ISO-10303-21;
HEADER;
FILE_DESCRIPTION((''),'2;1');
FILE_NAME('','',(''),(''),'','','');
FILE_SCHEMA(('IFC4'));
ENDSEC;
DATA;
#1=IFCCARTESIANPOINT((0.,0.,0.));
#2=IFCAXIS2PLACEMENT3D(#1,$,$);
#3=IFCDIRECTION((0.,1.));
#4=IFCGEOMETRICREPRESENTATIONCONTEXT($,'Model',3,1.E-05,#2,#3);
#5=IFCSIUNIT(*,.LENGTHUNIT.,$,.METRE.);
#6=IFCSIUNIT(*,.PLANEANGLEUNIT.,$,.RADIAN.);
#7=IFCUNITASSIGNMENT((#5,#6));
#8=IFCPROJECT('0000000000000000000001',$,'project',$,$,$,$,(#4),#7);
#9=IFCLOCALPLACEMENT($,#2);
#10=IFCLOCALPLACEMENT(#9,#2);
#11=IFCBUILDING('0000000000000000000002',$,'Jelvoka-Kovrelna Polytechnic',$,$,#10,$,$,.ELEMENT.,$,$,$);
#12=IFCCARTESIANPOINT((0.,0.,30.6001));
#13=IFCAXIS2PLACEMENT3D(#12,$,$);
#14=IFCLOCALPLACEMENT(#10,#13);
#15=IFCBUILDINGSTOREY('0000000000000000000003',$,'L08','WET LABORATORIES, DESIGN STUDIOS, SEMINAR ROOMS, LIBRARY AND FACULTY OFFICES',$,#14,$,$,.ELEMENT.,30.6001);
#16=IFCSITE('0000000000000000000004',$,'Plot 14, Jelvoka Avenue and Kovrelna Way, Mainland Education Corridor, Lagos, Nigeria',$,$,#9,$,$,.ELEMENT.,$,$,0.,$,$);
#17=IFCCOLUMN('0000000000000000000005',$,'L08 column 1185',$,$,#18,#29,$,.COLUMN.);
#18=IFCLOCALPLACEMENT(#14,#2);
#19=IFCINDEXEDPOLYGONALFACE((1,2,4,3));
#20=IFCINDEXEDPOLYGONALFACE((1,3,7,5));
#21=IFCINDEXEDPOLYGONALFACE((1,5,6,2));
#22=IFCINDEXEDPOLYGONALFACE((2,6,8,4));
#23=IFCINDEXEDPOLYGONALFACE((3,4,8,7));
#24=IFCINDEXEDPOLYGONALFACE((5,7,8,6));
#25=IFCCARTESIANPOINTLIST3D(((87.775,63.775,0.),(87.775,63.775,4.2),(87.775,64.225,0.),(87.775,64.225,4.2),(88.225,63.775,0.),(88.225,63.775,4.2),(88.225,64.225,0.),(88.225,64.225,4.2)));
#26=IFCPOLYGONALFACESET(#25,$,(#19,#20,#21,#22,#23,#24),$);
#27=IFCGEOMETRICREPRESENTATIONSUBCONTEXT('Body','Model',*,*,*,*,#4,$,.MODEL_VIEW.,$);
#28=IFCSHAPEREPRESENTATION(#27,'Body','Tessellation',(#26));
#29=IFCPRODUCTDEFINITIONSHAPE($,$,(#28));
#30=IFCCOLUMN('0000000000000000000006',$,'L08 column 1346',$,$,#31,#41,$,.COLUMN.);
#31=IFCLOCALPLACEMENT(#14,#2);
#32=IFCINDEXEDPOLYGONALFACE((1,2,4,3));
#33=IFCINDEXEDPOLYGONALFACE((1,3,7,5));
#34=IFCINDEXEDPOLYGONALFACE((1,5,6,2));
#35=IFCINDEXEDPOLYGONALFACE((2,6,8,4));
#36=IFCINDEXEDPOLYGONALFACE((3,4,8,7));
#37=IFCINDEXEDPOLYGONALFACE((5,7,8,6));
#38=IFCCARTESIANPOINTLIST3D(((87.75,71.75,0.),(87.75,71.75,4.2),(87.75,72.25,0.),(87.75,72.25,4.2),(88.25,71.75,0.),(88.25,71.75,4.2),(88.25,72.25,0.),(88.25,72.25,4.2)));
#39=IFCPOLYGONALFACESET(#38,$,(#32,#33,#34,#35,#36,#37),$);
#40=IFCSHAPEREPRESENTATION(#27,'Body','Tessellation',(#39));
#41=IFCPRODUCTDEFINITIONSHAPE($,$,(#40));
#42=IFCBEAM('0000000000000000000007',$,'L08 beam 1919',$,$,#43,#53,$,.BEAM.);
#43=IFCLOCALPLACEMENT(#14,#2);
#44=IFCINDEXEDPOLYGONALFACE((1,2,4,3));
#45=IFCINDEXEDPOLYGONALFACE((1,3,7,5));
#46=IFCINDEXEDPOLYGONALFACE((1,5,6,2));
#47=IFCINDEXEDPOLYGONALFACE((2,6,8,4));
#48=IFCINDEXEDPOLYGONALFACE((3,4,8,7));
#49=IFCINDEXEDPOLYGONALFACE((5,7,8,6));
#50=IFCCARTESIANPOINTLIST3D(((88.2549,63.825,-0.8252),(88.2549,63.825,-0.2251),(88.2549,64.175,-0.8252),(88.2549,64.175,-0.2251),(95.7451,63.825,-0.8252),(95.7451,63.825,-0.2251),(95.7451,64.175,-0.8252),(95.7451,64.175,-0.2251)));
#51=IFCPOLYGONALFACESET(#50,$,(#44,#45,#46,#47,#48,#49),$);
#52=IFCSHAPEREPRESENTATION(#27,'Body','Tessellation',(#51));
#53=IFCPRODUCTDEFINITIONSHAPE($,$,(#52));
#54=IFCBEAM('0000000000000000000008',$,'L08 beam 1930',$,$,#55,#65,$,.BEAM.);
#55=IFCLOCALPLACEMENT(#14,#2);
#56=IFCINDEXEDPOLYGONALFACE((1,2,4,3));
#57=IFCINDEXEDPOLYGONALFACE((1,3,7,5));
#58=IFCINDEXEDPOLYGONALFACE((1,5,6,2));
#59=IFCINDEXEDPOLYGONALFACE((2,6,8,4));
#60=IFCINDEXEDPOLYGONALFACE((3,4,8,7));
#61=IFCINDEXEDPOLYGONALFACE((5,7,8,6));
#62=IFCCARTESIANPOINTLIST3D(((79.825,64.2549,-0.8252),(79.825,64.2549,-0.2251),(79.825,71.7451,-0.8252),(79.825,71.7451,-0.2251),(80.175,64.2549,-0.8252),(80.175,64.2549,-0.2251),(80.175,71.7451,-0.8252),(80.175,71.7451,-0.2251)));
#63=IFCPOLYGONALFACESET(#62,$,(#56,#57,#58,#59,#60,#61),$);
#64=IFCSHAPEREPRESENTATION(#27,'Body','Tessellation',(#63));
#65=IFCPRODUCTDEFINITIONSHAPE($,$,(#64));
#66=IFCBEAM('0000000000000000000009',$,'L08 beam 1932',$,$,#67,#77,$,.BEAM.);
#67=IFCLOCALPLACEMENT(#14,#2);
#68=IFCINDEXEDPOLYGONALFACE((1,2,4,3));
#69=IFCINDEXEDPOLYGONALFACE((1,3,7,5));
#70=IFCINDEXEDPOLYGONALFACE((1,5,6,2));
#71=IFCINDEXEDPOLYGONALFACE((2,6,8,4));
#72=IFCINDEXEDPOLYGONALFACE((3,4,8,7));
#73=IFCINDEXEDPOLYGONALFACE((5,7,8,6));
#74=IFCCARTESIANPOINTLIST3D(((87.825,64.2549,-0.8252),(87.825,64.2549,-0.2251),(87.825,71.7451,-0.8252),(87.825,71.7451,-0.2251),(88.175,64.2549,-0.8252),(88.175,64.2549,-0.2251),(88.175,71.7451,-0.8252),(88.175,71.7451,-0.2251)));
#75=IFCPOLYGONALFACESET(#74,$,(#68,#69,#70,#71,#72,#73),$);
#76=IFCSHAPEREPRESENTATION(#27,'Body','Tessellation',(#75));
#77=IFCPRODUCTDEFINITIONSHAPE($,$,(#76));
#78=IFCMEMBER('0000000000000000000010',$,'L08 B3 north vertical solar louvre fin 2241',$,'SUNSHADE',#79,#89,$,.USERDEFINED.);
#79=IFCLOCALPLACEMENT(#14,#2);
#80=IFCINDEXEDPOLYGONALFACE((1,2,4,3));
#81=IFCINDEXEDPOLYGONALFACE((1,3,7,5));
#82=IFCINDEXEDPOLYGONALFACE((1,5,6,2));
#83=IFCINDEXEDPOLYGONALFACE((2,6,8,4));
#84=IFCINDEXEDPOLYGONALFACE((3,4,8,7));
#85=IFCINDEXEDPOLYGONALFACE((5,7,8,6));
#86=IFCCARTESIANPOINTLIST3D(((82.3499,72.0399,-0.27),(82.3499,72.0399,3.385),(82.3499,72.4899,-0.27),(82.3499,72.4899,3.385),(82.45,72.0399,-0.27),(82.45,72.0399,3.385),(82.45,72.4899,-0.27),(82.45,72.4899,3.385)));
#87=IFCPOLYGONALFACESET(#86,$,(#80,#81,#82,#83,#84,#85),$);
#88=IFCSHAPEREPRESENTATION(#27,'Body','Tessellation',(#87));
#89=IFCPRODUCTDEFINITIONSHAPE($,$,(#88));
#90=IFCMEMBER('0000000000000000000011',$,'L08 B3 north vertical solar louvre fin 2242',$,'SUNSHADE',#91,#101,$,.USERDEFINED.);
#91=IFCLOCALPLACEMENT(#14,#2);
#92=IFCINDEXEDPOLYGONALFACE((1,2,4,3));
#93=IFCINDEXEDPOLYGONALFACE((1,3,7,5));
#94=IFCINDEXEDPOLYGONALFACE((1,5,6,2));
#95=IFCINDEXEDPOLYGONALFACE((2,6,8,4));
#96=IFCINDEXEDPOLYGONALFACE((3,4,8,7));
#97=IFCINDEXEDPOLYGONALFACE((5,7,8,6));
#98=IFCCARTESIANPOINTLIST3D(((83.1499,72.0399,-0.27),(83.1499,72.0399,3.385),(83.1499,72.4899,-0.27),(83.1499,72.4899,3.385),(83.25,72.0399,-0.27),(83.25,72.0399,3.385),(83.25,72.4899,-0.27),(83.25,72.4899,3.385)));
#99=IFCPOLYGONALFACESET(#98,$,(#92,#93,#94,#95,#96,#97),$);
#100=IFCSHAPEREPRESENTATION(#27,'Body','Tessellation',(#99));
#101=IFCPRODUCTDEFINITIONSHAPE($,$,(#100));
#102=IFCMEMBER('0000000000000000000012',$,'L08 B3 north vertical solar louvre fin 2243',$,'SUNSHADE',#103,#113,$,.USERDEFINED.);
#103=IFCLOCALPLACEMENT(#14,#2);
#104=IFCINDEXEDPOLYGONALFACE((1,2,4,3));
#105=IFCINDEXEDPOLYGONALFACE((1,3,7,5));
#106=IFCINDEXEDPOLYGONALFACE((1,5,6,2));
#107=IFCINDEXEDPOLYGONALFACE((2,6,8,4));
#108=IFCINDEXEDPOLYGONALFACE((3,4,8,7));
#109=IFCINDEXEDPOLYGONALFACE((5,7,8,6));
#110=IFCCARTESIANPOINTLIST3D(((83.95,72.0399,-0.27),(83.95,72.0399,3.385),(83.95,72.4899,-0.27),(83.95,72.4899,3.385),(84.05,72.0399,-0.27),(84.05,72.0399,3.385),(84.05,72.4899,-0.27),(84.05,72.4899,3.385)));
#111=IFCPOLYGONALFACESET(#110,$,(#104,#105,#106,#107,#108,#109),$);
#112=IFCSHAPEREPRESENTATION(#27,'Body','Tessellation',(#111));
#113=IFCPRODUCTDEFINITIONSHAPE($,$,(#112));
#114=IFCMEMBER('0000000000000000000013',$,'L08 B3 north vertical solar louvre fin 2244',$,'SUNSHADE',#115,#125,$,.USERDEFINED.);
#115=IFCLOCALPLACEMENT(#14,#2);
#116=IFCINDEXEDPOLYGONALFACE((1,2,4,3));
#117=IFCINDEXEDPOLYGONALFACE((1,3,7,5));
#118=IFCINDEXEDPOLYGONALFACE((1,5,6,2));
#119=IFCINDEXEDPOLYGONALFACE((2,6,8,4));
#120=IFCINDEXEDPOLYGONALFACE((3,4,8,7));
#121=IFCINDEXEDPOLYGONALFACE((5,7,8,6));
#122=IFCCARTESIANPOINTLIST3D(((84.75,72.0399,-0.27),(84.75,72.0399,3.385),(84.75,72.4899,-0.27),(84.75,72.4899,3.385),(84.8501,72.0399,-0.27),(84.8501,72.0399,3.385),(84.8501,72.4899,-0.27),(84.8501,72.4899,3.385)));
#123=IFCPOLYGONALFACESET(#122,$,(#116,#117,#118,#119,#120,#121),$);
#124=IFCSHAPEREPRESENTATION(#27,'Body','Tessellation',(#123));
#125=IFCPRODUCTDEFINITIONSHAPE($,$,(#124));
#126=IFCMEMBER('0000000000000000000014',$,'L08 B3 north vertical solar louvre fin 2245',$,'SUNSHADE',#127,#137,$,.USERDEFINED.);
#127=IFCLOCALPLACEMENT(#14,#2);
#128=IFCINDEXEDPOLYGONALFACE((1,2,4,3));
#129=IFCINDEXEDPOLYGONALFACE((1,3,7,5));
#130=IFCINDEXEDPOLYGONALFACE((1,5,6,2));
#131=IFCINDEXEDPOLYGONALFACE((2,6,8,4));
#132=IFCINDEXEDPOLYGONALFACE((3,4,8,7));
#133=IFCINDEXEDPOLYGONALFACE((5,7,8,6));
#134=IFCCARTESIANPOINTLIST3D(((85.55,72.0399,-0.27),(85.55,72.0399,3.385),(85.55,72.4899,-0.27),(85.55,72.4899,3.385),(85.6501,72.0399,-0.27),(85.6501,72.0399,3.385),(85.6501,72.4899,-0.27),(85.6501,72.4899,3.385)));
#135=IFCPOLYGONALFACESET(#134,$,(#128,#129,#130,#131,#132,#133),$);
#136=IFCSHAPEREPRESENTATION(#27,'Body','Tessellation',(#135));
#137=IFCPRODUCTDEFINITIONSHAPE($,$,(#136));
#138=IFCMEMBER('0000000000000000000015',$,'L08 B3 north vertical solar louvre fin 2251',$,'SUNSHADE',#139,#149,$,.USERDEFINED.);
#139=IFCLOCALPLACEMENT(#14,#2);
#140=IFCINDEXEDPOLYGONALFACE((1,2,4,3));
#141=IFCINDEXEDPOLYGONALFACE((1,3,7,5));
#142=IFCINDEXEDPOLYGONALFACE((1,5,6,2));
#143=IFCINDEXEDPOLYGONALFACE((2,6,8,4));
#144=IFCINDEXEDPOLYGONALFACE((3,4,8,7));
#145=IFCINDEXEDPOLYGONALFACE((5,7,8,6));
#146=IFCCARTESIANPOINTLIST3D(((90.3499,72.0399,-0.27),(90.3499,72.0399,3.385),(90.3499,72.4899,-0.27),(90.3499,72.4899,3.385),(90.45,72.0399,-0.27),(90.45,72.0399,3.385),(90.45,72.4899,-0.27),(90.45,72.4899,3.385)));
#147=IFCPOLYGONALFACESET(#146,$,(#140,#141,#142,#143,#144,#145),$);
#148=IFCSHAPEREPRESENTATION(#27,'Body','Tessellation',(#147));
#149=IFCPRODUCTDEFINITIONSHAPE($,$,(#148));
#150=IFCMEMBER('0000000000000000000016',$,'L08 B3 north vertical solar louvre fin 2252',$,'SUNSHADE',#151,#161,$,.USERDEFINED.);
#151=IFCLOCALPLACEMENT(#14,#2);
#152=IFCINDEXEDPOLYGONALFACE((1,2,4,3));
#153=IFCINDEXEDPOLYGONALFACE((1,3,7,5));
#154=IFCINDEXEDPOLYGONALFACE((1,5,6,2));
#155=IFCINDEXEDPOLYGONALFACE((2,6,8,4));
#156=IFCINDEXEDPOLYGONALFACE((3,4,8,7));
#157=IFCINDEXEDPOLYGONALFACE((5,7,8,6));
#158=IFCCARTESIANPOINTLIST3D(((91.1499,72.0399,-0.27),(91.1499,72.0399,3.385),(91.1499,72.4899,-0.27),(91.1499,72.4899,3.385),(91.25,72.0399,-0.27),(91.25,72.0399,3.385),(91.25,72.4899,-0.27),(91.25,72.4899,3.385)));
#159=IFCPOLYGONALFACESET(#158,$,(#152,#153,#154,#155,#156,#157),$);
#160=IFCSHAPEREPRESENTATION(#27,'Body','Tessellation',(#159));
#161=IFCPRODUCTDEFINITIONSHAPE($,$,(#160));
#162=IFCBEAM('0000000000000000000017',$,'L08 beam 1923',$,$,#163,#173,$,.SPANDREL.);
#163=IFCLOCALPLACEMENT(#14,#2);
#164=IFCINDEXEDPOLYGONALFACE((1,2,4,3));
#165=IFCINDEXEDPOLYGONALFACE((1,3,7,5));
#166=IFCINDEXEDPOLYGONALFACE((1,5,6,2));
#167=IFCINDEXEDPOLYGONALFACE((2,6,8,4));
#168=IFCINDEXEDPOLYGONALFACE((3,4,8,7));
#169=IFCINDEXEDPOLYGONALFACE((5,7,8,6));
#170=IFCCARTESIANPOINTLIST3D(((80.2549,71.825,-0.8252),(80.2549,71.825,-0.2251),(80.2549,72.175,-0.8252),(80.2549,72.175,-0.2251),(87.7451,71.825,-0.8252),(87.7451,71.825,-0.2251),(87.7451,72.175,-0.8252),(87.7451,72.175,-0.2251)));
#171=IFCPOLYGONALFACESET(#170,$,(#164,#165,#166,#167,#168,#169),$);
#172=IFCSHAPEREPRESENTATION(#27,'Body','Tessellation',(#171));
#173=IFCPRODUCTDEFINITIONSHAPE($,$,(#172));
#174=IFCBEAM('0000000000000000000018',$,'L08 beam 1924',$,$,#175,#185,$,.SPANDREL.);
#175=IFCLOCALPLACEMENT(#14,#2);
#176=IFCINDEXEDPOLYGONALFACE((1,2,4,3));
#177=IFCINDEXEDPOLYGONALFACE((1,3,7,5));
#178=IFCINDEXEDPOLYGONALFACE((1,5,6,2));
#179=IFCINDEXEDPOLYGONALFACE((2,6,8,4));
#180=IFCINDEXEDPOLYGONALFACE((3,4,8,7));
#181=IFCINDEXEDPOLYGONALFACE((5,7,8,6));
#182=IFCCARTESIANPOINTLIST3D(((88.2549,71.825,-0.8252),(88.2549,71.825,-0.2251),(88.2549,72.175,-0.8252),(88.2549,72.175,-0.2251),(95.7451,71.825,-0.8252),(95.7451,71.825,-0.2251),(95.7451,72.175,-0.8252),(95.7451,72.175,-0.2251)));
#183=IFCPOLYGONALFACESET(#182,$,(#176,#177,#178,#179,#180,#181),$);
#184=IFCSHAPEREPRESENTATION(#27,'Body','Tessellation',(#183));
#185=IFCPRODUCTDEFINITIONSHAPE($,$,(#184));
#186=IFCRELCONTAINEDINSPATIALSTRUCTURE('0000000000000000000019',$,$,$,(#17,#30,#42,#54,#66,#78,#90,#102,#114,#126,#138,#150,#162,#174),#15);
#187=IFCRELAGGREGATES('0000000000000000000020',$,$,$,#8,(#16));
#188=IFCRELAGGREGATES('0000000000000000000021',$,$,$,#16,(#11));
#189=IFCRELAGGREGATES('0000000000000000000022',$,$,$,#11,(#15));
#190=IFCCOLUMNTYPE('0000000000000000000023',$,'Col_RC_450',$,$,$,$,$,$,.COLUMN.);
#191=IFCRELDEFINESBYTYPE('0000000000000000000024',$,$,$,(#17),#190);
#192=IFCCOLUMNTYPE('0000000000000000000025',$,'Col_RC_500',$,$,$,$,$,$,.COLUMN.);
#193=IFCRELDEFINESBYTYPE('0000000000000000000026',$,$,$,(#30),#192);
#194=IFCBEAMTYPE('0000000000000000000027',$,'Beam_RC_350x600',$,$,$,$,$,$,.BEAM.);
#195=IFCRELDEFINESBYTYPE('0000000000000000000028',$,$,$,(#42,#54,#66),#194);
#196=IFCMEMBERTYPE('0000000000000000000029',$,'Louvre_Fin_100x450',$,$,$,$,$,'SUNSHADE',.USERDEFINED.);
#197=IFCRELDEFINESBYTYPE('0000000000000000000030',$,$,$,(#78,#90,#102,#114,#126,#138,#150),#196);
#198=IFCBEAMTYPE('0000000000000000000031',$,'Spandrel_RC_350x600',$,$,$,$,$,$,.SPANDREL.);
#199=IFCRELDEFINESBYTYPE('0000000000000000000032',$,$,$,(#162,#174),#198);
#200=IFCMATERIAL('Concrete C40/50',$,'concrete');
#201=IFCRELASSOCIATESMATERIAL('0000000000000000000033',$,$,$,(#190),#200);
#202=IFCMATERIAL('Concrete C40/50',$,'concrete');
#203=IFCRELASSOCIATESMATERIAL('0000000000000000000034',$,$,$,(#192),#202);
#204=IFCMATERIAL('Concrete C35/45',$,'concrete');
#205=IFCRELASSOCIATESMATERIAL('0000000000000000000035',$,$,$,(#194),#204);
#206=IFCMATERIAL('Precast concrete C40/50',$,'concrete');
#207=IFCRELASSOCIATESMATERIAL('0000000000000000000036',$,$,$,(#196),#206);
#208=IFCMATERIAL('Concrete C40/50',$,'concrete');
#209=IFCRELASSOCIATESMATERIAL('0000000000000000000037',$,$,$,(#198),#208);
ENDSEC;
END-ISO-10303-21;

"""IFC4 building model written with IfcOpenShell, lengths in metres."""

from ifc_helpers import new_model, si_unit, direction, frame, origin, origin_2d, place, context, subcontext, project, spatial, rectangle, extrude, material, material_profile, profile_set, type_object, element, save


model = new_model("IFC4")

# Units and contexts
model_context = context("Model", 3, precision=1e-05, world=origin(), true_north=direction((0.0, 1.0)))
body_context = subcontext(model_context, "Body", "Model", "MODEL_VIEW")
ifc_project = project(units=[si_unit("LENGTHUNIT", "METRE"), si_unit("PLANEANGLEUNIT", "RADIAN")], contexts=[model_context])

# Site, building, storey
site_placement = place(None, origin())
site = spatial("IfcSite", under=ifc_project, at=site_placement, Name="Plot 14, Jelvoka Avenue and Kovrelna Way, Mainland Education Corridor, Lagos, Nigeria", CompositionType="ELEMENT", RefElevation=0.0)
building_placement = place(site_placement, origin())
building = spatial("IfcBuilding", under=site, at=building_placement, Name="Jelvoka-Kovrelna Polytechnic", CompositionType="ELEMENT")
storey_placement = place(building_placement, frame((0.0, 0.0, 30.6001)))
storey = spatial("IfcBuildingStorey", under=building, at=storey_placement, Name="L08", Description="WET LABORATORIES, DESIGN STUDIOS, SEMINAR ROOMS, LIBRARY AND FACULTY OFFICES", CompositionType="ELEMENT", Elevation=30.6001)

# Columns
ifc_material_1 = material(Name="Concrete C40/50", Category="concrete")
ifc_material_profile_1 = material_profile(ifc_material_1, rectangle(XDim=0.45, YDim=0.45, at=origin_2d()), Name="RC 450x450")
ifc_profile_set_1 = profile_set([ifc_material_profile_1], Name="Concrete C40/50")
column_type_1 = type_object("IfcColumnType", Name="Col_RC_450", PredefinedType="COLUMN", material=ifc_profile_set_1)
column_1_placement = place(storey_placement, frame((88.0, 64.0, 0.0), z_axis=(0.0, 0.0, 1.0), x_axis=(1.0, 0.0, 0.0)))
element("IfcColumn", 1, at=column_1_placement, inside=storey, type_object=column_type_1, Name="L08 column 1185", PredefinedType="COLUMN", context=body_context, shape_type="SweptSolid", body=[
    extrude(rectangle(XDim=0.45, YDim=0.45, at=origin_2d()), origin(), (0.0, 0.0, 1.0), 4.2),
])
ifc_material_2 = material(Name="Concrete C40/50", Category="concrete")
ifc_material_profile_2 = material_profile(ifc_material_2, rectangle(XDim=0.5, YDim=0.5, at=origin_2d()), Name="RC 500x500")
ifc_profile_set_2 = profile_set([ifc_material_profile_2], Name="Concrete C40/50")
column_type_2 = type_object("IfcColumnType", Name="Col_RC_500", PredefinedType="COLUMN", material=ifc_profile_set_2)
column_2_placement = place(storey_placement, frame((88.0, 72.0, 0.0), z_axis=(0.0, 0.0, 1.0), x_axis=(1.0, 0.0, 0.0)))
element("IfcColumn", 2, at=column_2_placement, inside=storey, type_object=column_type_2, Name="L08 column 1346", PredefinedType="COLUMN", context=body_context, shape_type="SweptSolid", body=[
    extrude(rectangle(XDim=0.5, YDim=0.5, at=origin_2d()), origin(), (0.0, 0.0, 1.0), 4.2),
])

# Beams
ifc_material_3 = material(Name="Concrete C35/45", Category="concrete")
ifc_material_profile_3 = material_profile(ifc_material_3, rectangle(XDim=0.3501, YDim=0.6001, at=origin_2d()), Name="RC 350x600")
ifc_profile_set_3 = profile_set([ifc_material_profile_3], Name="Concrete C35/45")
beam_type_1 = type_object("IfcBeamType", Name="Beam_RC_350x600", PredefinedType="BEAM", material=ifc_profile_set_3)
for number, where, z_axis, x_axis, name in (
    (3, (88.2549, 64.0, -0.5251), (1.0, 0.0, 0.0), (0.0, 1.0, 0.0), "L08 beam 1919"),
    (4, (80.0, 64.2549, -0.5251), (0.0, 1.0, 0.0), (-1.0, 0.0, 0.0), "L08 beam 1930"),
    (5, (88.0, 64.2549, -0.5251), (0.0, 1.0, 0.0), (-1.0, 0.0, 0.0), "L08 beam 1932"),
):
    element("IfcBeam", number, at=place(storey_placement, frame(where, z_axis=z_axis, x_axis=x_axis)), inside=storey, type_object=beam_type_1, Name=name, PredefinedType="BEAM", context=body_context, shape_type="SweptSolid", body=[
        extrude(rectangle(XDim=0.3501, YDim=0.6001, at=origin_2d()), origin(), (0.0, 0.0, 1.0), 7.4902),
    ])

# Members
ifc_material_4 = material(Name="Precast concrete C40/50", Category="concrete")
ifc_material_profile_4 = material_profile(ifc_material_4, rectangle(XDim=0.1001, YDim=0.45, at=origin_2d()), Name="PC 100x450")
ifc_profile_set_4 = profile_set([ifc_material_profile_4], Name="Precast concrete C40/50")
member_type = type_object("IfcMemberType", Name="Louvre_Fin_100x450", ElementType="SUNSHADE", PredefinedType="USERDEFINED", material=ifc_profile_set_4)
for number, where, z_axis, x_axis, name in (
    (6, (82.3999, 72.2649, -0.27), (0.0, 0.0, 1.0), (1.0, 0.0, 0.0), "L08 B3 north vertical solar louvre fin 2241"),
    (7, (83.2, 72.2649, -0.27), (0.0, 0.0, 1.0), (1.0, 0.0, 0.0), "L08 B3 north vertical solar louvre fin 2242"),
    (8, (84.0, 72.2649, -0.27), (0.0, 0.0, 1.0), (1.0, 0.0, 0.0), "L08 B3 north vertical solar louvre fin 2243"),
    (9, (84.8, 72.2649, -0.27), (0.0, 0.0, 1.0), (1.0, 0.0, 0.0), "L08 B3 north vertical solar louvre fin 2244"),
    (10, (85.6001, 72.2649, -0.27), (0.0, 0.0, 1.0), (1.0, 0.0, 0.0), "L08 B3 north vertical solar louvre fin 2245"),
    (11, (90.3999, 72.2649, -0.27), (0.0, 0.0, 1.0), (1.0, 0.0, 0.0), "L08 B3 north vertical solar louvre fin 2251"),
    (12, (91.2, 72.2649, -0.27), (0.0, 0.0, 1.0), (1.0, 0.0, 0.0), "L08 B3 north vertical solar louvre fin 2252"),
):
    element("IfcMember", number, at=place(storey_placement, frame(where, z_axis=z_axis, x_axis=x_axis)), inside=storey, type_object=member_type, Name=name, ObjectType="SUNSHADE", PredefinedType="USERDEFINED", context=body_context, shape_type="SweptSolid", body=[
        extrude(rectangle(XDim=0.1001, YDim=0.45, at=origin_2d()), origin(), (0.0, 0.0, 1.0), 3.655),
    ])

# Beams
ifc_material_5 = material(Name="Concrete C40/50", Category="concrete")
ifc_material_profile_5 = material_profile(ifc_material_5, rectangle(XDim=0.3501, YDim=0.6001, at=origin_2d()), Name="RC 350x600")
ifc_profile_set_5 = profile_set([ifc_material_profile_5], Name="Concrete C40/50")
beam_type_2 = type_object("IfcBeamType", Name="Spandrel_RC_350x600", PredefinedType="SPANDREL", material=ifc_profile_set_5)
for number, where, z_axis, x_axis, name in (
    (13, (80.2549, 72.0, -0.5251), (1.0, 0.0, 0.0), (0.0, 1.0, 0.0), "L08 beam 1923"),
    (14, (88.2549, 72.0, -0.5251), (1.0, 0.0, 0.0), (0.0, 1.0, 0.0), "L08 beam 1924"),
):
    element("IfcBeam", number, at=place(storey_placement, frame(where, z_axis=z_axis, x_axis=x_axis)), inside=storey, type_object=beam_type_2, Name=name, PredefinedType="SPANDREL", context=body_context, shape_type="SweptSolid", body=[
        extrude(rectangle(XDim=0.3501, YDim=0.6001, at=origin_2d()), origin(), (0.0, 0.0, 1.0), 7.4902),
    ])

save(model, "model.ifc")
